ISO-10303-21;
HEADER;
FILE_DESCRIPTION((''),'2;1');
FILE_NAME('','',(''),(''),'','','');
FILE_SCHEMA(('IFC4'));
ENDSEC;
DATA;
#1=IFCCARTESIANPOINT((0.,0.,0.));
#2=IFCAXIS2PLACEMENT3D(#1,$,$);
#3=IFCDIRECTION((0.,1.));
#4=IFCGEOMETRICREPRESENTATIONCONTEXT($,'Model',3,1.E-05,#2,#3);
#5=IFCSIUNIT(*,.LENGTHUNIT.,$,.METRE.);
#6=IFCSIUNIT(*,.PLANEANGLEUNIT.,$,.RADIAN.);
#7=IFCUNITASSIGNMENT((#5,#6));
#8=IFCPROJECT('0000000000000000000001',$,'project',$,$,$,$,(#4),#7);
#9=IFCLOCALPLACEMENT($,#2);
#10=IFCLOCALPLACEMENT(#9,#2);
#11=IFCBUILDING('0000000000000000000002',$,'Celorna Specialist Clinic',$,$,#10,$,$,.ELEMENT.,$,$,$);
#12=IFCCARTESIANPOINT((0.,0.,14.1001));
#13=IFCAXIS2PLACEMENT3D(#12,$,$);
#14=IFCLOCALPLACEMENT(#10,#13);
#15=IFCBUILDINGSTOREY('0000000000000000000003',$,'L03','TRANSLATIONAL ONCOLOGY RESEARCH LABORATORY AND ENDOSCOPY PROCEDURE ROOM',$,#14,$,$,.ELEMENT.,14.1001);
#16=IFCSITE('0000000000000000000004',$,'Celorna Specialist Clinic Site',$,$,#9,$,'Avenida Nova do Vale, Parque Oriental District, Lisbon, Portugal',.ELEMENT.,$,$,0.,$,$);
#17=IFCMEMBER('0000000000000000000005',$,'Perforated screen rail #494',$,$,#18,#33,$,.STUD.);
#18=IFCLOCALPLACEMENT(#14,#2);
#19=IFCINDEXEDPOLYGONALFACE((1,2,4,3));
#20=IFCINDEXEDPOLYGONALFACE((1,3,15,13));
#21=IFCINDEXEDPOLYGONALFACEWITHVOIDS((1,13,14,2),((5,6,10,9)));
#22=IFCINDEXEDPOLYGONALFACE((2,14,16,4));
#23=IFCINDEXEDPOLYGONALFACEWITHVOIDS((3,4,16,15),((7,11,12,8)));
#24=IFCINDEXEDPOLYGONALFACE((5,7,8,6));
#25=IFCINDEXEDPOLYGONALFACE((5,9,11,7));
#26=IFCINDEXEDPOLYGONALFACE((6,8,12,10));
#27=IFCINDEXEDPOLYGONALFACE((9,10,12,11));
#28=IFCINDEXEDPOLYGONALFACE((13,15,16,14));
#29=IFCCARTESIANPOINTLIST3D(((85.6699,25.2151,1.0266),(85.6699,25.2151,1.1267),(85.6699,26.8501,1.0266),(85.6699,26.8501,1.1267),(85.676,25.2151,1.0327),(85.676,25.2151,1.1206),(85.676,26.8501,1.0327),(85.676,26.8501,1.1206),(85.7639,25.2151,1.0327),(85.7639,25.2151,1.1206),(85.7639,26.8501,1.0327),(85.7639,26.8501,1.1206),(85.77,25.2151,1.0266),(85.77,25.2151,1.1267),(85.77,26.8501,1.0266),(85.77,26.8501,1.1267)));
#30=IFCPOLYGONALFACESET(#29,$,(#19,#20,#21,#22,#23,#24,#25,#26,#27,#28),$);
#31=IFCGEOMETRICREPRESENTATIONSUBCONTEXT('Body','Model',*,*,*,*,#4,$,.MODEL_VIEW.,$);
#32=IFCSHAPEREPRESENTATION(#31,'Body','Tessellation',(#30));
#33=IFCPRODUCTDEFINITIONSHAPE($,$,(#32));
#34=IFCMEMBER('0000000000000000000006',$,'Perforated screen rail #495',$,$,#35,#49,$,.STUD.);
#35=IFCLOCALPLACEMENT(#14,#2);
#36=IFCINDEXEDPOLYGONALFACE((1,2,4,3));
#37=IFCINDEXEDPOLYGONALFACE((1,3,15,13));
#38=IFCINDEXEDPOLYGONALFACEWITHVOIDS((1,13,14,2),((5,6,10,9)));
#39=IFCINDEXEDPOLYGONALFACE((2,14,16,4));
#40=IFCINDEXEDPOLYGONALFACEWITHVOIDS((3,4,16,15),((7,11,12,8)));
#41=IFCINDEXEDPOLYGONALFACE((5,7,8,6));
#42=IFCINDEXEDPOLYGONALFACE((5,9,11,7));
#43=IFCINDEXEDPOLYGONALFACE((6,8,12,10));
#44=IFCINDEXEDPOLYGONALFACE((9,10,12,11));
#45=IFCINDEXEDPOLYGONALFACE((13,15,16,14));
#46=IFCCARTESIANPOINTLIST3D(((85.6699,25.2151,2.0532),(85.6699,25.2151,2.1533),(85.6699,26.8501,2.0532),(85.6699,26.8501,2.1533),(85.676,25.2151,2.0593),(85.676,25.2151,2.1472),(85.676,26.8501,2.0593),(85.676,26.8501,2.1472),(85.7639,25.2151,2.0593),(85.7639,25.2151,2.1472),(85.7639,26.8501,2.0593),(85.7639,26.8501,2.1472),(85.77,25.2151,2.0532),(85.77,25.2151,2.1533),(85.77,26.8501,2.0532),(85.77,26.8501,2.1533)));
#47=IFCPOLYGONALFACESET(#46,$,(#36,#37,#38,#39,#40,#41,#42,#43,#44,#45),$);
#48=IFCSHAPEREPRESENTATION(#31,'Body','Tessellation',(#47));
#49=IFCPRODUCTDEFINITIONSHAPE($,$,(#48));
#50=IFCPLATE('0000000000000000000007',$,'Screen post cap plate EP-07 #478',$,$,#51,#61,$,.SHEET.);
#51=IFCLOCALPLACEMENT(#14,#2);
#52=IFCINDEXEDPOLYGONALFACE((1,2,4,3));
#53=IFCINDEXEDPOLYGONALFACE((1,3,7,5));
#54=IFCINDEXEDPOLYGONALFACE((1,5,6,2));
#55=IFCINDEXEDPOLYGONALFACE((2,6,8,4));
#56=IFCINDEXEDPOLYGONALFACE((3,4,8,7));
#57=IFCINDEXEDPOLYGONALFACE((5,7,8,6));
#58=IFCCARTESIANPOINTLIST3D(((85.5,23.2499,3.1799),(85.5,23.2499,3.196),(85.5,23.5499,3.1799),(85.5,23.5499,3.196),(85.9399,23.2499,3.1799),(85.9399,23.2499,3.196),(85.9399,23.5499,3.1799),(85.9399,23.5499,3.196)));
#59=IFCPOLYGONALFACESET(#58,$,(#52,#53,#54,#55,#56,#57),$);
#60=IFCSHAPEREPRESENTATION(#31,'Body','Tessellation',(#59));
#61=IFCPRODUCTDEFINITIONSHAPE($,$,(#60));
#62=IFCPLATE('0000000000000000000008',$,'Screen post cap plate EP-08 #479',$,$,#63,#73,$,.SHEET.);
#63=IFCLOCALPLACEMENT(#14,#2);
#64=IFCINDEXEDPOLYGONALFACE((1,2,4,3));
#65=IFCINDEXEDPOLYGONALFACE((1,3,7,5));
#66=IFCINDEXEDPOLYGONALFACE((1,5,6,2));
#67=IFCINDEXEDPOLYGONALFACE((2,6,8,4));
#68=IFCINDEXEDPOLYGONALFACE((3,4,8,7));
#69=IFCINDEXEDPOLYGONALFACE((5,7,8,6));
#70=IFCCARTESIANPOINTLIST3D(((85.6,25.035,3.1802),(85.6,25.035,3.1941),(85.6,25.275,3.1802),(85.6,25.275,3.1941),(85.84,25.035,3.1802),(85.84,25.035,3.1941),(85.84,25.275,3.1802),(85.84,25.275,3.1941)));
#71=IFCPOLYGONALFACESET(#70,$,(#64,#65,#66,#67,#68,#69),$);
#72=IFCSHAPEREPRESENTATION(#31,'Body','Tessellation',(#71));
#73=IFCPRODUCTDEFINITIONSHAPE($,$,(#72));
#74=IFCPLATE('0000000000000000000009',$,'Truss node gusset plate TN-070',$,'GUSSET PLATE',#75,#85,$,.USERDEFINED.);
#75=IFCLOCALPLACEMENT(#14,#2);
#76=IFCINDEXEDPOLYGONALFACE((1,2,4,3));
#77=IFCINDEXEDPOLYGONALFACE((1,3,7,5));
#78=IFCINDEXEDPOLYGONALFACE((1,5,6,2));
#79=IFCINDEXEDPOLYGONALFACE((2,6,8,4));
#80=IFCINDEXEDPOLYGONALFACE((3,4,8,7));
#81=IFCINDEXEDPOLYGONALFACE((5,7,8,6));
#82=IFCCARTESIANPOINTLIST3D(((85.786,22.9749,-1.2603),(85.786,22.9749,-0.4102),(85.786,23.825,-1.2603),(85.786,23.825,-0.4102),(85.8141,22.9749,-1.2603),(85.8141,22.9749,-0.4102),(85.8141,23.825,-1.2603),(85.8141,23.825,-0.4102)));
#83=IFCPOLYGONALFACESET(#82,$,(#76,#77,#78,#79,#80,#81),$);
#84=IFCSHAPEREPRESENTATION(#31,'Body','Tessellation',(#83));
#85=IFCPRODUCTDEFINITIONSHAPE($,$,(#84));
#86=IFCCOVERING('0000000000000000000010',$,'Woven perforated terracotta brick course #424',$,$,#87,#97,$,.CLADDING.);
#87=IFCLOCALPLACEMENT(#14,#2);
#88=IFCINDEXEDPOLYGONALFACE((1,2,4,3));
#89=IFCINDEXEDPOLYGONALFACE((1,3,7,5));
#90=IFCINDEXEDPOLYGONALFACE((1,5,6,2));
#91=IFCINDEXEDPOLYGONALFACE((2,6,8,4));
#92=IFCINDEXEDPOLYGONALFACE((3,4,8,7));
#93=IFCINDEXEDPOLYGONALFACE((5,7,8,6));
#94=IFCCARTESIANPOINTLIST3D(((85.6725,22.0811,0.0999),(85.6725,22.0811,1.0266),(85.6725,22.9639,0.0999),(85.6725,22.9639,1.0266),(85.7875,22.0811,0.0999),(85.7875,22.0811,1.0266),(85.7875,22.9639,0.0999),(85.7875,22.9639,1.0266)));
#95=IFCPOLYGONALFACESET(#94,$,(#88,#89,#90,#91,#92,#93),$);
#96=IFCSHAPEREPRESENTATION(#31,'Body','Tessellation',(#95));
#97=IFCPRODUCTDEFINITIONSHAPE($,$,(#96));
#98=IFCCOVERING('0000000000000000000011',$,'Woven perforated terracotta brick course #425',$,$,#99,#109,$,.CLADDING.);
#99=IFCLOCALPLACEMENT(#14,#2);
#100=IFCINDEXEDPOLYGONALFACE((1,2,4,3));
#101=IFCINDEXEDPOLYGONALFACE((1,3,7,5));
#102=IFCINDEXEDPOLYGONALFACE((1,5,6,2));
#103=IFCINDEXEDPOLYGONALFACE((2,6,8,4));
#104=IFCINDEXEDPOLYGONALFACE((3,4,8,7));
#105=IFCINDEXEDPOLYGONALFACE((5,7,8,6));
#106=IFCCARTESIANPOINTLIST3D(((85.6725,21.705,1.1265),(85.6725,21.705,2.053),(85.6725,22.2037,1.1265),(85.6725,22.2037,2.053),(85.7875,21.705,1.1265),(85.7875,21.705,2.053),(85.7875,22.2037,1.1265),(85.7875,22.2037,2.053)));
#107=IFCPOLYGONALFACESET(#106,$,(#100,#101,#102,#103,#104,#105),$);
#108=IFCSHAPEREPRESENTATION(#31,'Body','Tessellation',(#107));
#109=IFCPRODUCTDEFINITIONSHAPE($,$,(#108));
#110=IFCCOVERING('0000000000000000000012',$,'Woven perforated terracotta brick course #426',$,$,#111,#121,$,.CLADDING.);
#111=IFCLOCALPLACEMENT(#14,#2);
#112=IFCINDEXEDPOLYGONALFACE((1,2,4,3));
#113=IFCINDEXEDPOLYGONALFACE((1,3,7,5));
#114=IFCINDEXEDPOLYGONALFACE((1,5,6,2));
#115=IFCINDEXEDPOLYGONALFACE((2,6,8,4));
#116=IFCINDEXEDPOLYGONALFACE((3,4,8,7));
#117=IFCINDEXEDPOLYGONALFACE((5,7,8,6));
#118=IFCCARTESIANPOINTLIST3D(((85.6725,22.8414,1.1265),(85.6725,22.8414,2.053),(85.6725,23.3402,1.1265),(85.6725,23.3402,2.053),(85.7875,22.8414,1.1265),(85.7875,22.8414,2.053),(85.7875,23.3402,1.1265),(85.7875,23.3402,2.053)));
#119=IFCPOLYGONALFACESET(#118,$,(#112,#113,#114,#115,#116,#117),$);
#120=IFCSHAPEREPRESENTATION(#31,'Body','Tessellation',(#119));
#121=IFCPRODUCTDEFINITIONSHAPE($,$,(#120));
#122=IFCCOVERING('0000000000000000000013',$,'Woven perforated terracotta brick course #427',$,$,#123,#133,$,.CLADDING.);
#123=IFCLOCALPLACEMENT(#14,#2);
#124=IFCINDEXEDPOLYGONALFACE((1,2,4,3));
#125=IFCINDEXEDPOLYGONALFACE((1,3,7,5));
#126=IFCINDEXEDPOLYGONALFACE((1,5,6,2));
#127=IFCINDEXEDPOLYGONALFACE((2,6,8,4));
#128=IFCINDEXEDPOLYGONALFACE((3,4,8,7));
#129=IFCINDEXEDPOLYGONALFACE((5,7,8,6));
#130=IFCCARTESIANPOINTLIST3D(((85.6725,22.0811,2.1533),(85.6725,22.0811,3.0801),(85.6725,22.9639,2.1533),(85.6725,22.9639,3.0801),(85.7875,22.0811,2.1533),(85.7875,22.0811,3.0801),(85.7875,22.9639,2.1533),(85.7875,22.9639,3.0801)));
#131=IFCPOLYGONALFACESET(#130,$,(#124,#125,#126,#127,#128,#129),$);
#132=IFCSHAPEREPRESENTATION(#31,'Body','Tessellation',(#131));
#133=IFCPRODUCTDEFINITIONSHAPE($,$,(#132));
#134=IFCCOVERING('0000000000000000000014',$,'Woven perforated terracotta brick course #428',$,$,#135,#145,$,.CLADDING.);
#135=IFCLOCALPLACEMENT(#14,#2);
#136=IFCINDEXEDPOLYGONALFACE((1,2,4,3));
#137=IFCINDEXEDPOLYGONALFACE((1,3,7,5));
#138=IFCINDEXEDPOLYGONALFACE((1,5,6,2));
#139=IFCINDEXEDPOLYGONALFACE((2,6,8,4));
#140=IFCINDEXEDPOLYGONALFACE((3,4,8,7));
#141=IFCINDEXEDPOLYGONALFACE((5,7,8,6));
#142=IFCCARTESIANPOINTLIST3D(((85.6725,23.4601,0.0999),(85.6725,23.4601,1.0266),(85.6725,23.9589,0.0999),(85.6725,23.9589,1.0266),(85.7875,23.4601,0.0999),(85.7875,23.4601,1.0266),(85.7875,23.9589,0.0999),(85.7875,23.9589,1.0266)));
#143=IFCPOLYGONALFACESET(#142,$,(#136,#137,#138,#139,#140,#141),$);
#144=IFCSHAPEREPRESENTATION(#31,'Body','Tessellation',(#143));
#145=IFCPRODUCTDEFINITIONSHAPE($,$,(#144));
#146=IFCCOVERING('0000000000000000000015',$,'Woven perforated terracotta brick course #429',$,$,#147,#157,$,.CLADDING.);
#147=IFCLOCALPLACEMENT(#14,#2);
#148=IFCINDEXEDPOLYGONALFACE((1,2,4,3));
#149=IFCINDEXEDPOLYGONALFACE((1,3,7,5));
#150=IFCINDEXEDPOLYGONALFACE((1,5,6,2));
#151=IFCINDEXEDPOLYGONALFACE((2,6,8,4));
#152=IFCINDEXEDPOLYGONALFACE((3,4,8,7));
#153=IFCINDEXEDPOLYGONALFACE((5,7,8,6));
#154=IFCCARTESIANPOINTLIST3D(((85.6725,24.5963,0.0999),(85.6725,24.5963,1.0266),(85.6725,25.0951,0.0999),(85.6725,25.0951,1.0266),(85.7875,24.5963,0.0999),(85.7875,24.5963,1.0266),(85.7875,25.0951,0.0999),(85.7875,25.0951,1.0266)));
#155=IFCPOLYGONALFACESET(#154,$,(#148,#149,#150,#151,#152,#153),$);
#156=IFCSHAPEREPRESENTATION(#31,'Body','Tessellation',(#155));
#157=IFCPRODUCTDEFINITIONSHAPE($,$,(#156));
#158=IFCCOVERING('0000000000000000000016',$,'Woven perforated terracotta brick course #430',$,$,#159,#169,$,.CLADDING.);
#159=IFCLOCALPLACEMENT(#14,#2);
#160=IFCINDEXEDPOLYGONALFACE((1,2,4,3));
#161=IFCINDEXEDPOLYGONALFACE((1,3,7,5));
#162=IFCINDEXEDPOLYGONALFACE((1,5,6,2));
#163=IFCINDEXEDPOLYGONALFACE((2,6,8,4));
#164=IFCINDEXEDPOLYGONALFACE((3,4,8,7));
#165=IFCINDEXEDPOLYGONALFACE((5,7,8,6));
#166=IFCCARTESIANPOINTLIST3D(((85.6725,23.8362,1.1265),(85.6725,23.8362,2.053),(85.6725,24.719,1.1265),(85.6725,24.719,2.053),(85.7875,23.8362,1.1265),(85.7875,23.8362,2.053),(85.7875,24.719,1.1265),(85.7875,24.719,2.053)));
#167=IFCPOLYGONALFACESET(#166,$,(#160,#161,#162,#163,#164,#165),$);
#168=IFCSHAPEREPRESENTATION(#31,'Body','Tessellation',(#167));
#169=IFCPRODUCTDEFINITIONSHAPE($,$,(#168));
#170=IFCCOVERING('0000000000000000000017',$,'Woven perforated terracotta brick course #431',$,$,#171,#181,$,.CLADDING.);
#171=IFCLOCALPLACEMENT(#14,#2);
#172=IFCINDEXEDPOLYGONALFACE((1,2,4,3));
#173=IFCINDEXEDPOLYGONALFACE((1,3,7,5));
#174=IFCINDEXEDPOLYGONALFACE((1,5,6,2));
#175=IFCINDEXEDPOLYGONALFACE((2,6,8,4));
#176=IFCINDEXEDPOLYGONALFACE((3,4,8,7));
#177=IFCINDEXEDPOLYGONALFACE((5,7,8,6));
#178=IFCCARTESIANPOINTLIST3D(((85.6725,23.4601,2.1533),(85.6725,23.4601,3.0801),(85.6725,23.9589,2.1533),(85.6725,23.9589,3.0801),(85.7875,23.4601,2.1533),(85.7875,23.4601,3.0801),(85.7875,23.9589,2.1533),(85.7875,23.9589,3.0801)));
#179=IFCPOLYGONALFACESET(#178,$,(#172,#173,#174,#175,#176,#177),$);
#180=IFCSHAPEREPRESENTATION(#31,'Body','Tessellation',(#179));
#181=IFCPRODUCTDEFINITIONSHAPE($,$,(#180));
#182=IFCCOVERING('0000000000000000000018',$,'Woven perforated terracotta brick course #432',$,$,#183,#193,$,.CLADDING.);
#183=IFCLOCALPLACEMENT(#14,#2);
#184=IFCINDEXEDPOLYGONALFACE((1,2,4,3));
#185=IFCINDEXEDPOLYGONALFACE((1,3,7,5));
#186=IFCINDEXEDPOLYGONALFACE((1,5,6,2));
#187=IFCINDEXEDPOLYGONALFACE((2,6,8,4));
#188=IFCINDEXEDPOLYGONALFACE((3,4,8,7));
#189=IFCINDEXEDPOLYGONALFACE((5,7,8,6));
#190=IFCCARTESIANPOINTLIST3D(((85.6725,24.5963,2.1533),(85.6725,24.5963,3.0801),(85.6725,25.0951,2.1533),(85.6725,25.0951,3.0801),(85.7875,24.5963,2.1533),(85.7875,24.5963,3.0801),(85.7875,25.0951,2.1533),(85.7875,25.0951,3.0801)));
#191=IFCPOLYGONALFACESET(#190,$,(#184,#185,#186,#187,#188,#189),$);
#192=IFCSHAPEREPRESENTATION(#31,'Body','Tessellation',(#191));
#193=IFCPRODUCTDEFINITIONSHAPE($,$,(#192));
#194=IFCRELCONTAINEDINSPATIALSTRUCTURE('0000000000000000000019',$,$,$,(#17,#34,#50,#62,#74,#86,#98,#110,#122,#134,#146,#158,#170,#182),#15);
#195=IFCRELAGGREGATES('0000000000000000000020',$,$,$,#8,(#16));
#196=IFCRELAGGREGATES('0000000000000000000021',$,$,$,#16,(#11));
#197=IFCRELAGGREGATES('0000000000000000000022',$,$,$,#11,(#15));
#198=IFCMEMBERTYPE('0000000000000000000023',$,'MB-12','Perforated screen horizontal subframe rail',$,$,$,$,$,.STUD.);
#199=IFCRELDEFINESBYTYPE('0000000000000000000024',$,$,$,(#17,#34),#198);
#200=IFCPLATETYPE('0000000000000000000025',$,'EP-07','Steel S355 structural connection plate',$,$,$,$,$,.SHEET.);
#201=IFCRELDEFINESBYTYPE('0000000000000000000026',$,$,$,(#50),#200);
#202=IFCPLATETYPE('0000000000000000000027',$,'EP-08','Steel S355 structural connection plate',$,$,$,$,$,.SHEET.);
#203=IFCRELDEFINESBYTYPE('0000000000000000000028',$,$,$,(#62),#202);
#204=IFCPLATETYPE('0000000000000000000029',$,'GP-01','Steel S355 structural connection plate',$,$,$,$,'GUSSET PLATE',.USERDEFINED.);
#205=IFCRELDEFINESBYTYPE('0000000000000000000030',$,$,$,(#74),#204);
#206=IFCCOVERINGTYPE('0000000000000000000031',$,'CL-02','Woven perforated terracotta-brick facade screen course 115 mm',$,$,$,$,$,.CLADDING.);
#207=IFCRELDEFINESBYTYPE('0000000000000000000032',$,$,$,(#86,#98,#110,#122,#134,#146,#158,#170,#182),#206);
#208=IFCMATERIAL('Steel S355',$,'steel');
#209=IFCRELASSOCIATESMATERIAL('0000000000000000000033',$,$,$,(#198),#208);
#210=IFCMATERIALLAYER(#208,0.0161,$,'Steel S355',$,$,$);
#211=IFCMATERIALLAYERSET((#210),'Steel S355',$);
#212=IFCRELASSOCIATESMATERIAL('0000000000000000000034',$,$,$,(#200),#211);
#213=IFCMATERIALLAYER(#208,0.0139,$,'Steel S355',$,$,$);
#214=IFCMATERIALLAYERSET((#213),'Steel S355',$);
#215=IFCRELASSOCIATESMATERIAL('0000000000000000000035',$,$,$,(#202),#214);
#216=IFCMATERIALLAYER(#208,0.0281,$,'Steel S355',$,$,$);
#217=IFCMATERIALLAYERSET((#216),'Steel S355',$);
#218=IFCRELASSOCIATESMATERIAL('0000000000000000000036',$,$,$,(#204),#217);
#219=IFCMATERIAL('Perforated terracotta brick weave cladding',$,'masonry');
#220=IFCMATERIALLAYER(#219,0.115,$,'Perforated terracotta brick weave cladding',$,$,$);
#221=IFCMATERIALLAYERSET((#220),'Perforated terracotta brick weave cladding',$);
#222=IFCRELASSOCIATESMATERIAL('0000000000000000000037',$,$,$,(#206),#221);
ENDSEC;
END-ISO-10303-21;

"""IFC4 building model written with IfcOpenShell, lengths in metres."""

from ifc_helpers import new_model, si_unit, direction, frame, origin, origin_2d, place, context, subcontext, project, spatial, rectangle, hollow_rectangle, extrude, material, layer, layer_set, material_profile, profile_set, type_object, element, save


model = new_model("IFC4")

# Units and contexts
model_context = context("Model", 3, precision=1e-05, world=origin(), true_north=direction((0.0, 1.0)))
body_context = subcontext(model_context, "Body", "Model", "MODEL_VIEW")
ifc_project = project(units=[si_unit("LENGTHUNIT", "METRE"), si_unit("PLANEANGLEUNIT", "RADIAN")], contexts=[model_context])

# Site, building, storey
site_placement = place(None, origin())
site = spatial("IfcSite", under=ifc_project, at=site_placement, Name="Celorna Specialist Clinic Site", LongName="Avenida Nova do Vale, Parque Oriental District, Lisbon, Portugal", CompositionType="ELEMENT", RefElevation=0.0)
building_placement = place(site_placement, origin())
building = spatial("IfcBuilding", under=site, at=building_placement, Name="Celorna Specialist Clinic", CompositionType="ELEMENT")
storey_placement = place(building_placement, frame((0.0, 0.0, 14.1001)))
storey = spatial("IfcBuildingStorey", under=building, at=storey_placement, Name="L03", Description="TRANSLATIONAL ONCOLOGY RESEARCH LABORATORY AND ENDOSCOPY PROCEDURE ROOM", CompositionType="ELEMENT", Elevation=14.1001)

# Members
ifc_material_1 = material(Name="Steel S355", Category="steel")
ifc_material_profile_1 = material_profile(ifc_material_1, hollow_rectangle(XDim=0.1001, YDim=0.1001, WallThickness=0.0061, at=origin_2d()), Name="SHS 100x100x6")
ifc_profile_set_1 = profile_set([ifc_material_profile_1], Name="Steel S355")
member_type_1 = type_object("IfcMemberType", Name="MB-12", Description="Perforated screen horizontal subframe rail", PredefinedType="STUD", material=ifc_profile_set_1)
for number, where, z_axis, x_axis, name in (
    (1, (85.72, 25.2151, 1.0767), (0.0, 1.0, 0.0), (-1.0, 0.0, 0.0), "Perforated screen rail #494"),
    (2, (85.72, 25.2151, 2.1033), (0.0, 1.0, 0.0), (-1.0, 0.0, 0.0), "Perforated screen rail #495"),
):
    element("IfcMember", number, at=place(storey_placement, frame(where, z_axis=z_axis, x_axis=x_axis)), inside=storey, type_object=member_type_1, Name=name, PredefinedType="STUD", context=body_context, shape_type="SweptSolid", body=[
        extrude(hollow_rectangle(XDim=0.1001, YDim=0.1001, WallThickness=0.0061, at=origin_2d()), origin(), (0.0, 0.0, 1.0), 1.635),
    ])

# Plates
ifc_layer_1 = layer(ifc_material_1, 0.0161, Name="Steel S355")
ifc_layer_set_1 = layer_set([ifc_layer_1], Name="Steel S355")
plate_type_1 = type_object("IfcPlateType", Name="EP-07", Description="Steel S355 structural connection plate", PredefinedType="SHEET", material=ifc_layer_set_1)
plate_1_placement = place(storey_placement, frame((85.72, 23.3999, 3.1799), z_axis=(0.0, 0.0, 1.0), x_axis=(0.0, 1.0, 0.0)))
element("IfcPlate", 3, at=plate_1_placement, inside=storey, type_object=plate_type_1, Name="Screen post cap plate EP-07 #478", PredefinedType="SHEET", context=body_context, shape_type="SweptSolid", body=[
    extrude(rectangle(XDim=0.3, YDim=0.4399, at=origin_2d()), origin(), (0.0, 0.0, 1.0), 0.0161),
])
ifc_layer_2 = layer(ifc_material_1, 0.0139, Name="Steel S355")
ifc_layer_set_2 = layer_set([ifc_layer_2], Name="Steel S355")
plate_type_2 = type_object("IfcPlateType", Name="EP-08", Description="Steel S355 structural connection plate", PredefinedType="SHEET", material=ifc_layer_set_2)
plate_2_placement = place(storey_placement, frame((85.72, 25.155, 3.1802), z_axis=(0.0, 0.0, 1.0), x_axis=(0.0, 1.0, 0.0)))
element("IfcPlate", 4, at=plate_2_placement, inside=storey, type_object=plate_type_2, Name="Screen post cap plate EP-08 #479", PredefinedType="SHEET", context=body_context, shape_type="SweptSolid", body=[
    extrude(rectangle(XDim=0.24, YDim=0.24, at=origin_2d()), origin(), (0.0, 0.0, 1.0), 0.0139),
])
ifc_layer_3 = layer(ifc_material_1, 0.0281, Name="Steel S355")
ifc_layer_set_3 = layer_set([ifc_layer_3], Name="Steel S355")
plate_type_3 = type_object("IfcPlateType", Name="GP-01", Description="Steel S355 structural connection plate", ElementType="GUSSET PLATE", PredefinedType="USERDEFINED", material=ifc_layer_set_3)
plate_3_placement = place(storey_placement, frame((85.8, 23.3999, -1.2603), z_axis=(0.0, 0.0, 1.0), x_axis=(0.0, 1.0, 0.0)))
element("IfcPlate", 5, at=plate_3_placement, inside=storey, type_object=plate_type_3, Name="Truss node gusset plate TN-070", ObjectType="GUSSET PLATE", PredefinedType="USERDEFINED", context=body_context, shape_type="SweptSolid", body=[
    extrude(rectangle(XDim=0.8501, YDim=0.0281, at=origin_2d()), origin(), (0.0, 0.0, 1.0), 0.8501),
])

# Coverings
ifc_material_2 = material(Name="Perforated terracotta brick weave cladding", Category="masonry")
ifc_layer_4 = layer(ifc_material_2, 0.115, Name="Perforated terracotta brick weave cladding")
ifc_layer_set_4 = layer_set([ifc_layer_4], Name="Perforated terracotta brick weave cladding")
covering_type = type_object("IfcCoveringType", Name="CL-02", Description="Woven perforated terracotta-brick facade screen course 115 mm", PredefinedType="CLADDING", material=ifc_layer_set_4)
covering_1_placement = place(storey_placement, frame((85.73, 22.5225, 0.0999), z_axis=(0.0, 0.0, 1.0), x_axis=(0.0, 1.0, 0.0)))
element("IfcCovering", 6, at=covering_1_placement, inside=storey, type_object=covering_type, Name="Woven perforated terracotta brick course #424", PredefinedType="CLADDING", context=body_context, shape_type="SweptSolid", body=[
    extrude(rectangle(XDim=0.8828, YDim=0.115, at=origin_2d()), origin(), (0.0, 0.0, 1.0), 0.9268),
])
for number, where, z_axis, x_axis, name in (
    (7, (85.73, 21.9543, 1.1265), (0.0, 0.0, 1.0), (0.0, 1.0, 0.0), "Woven perforated terracotta brick course #425"),
    (8, (85.73, 23.0908, 1.1265), (0.0, 0.0, 1.0), (0.0, 1.0, 0.0), "Woven perforated terracotta brick course #426"),
):
    element("IfcCovering", number, at=place(storey_placement, frame(where, z_axis=z_axis, x_axis=x_axis)), inside=storey, type_object=covering_type, Name=name, PredefinedType="CLADDING", context=body_context, shape_type="SweptSolid", body=[
        extrude(rectangle(XDim=0.4988, YDim=0.115, at=origin_2d()), origin(), (0.0, 0.0, 1.0), 0.9265),
    ])
covering_2_placement = place(storey_placement, frame((85.73, 22.5225, 2.1533), z_axis=(0.0, 0.0, 1.0), x_axis=(0.0, 1.0, 0.0)))
element("IfcCovering", 9, at=covering_2_placement, inside=storey, type_object=covering_type, Name="Woven perforated terracotta brick course #427", PredefinedType="CLADDING", context=body_context, shape_type="SweptSolid", body=[
    extrude(rectangle(XDim=0.8828, YDim=0.115, at=origin_2d()), origin(), (0.0, 0.0, 1.0), 0.9268),
])
for number, where, z_axis, x_axis, name in (
    (10, (85.73, 23.7095, 0.0999), (0.0, 0.0, 1.0), (0.0, 1.0, 0.0), "Woven perforated terracotta brick course #428"),
    (11, (85.73, 24.8457, 0.0999), (0.0, 0.0, 1.0), (0.0, 1.0, 0.0), "Woven perforated terracotta brick course #429"),
):
    element("IfcCovering", number, at=place(storey_placement, frame(where, z_axis=z_axis, x_axis=x_axis)), inside=storey, type_object=covering_type, Name=name, PredefinedType="CLADDING", context=body_context, shape_type="SweptSolid", body=[
        extrude(rectangle(XDim=0.4988, YDim=0.115, at=origin_2d()), origin(), (0.0, 0.0, 1.0), 0.9268),
    ])
covering_3_placement = place(storey_placement, frame((85.73, 24.2776, 1.1265), z_axis=(0.0, 0.0, 1.0), x_axis=(0.0, 1.0, 0.0)))
element("IfcCovering", 12, at=covering_3_placement, inside=storey, type_object=covering_type, Name="Woven perforated terracotta brick course #430", PredefinedType="CLADDING", context=body_context, shape_type="SweptSolid", body=[
    extrude(rectangle(XDim=0.8828, YDim=0.115, at=origin_2d()), origin(), (0.0, 0.0, 1.0), 0.9265),
])
for number, where, z_axis, x_axis, name in (
    (13, (85.73, 23.7095, 2.1533), (0.0, 0.0, 1.0), (0.0, 1.0, 0.0), "Woven perforated terracotta brick course #431"),
    (14, (85.73, 24.8457, 2.1533), (0.0, 0.0, 1.0), (0.0, 1.0, 0.0), "Woven perforated terracotta brick course #432"),
):
    element("IfcCovering", number, at=place(storey_placement, frame(where, z_axis=z_axis, x_axis=x_axis)), inside=storey, type_object=covering_type, Name=name, PredefinedType="CLADDING", context=body_context, shape_type="SweptSolid", body=[
        extrude(rectangle(XDim=0.4988, YDim=0.115, at=origin_2d()), origin(), (0.0, 0.0, 1.0), 0.9268),
    ])

save(model, "model.ifc")
